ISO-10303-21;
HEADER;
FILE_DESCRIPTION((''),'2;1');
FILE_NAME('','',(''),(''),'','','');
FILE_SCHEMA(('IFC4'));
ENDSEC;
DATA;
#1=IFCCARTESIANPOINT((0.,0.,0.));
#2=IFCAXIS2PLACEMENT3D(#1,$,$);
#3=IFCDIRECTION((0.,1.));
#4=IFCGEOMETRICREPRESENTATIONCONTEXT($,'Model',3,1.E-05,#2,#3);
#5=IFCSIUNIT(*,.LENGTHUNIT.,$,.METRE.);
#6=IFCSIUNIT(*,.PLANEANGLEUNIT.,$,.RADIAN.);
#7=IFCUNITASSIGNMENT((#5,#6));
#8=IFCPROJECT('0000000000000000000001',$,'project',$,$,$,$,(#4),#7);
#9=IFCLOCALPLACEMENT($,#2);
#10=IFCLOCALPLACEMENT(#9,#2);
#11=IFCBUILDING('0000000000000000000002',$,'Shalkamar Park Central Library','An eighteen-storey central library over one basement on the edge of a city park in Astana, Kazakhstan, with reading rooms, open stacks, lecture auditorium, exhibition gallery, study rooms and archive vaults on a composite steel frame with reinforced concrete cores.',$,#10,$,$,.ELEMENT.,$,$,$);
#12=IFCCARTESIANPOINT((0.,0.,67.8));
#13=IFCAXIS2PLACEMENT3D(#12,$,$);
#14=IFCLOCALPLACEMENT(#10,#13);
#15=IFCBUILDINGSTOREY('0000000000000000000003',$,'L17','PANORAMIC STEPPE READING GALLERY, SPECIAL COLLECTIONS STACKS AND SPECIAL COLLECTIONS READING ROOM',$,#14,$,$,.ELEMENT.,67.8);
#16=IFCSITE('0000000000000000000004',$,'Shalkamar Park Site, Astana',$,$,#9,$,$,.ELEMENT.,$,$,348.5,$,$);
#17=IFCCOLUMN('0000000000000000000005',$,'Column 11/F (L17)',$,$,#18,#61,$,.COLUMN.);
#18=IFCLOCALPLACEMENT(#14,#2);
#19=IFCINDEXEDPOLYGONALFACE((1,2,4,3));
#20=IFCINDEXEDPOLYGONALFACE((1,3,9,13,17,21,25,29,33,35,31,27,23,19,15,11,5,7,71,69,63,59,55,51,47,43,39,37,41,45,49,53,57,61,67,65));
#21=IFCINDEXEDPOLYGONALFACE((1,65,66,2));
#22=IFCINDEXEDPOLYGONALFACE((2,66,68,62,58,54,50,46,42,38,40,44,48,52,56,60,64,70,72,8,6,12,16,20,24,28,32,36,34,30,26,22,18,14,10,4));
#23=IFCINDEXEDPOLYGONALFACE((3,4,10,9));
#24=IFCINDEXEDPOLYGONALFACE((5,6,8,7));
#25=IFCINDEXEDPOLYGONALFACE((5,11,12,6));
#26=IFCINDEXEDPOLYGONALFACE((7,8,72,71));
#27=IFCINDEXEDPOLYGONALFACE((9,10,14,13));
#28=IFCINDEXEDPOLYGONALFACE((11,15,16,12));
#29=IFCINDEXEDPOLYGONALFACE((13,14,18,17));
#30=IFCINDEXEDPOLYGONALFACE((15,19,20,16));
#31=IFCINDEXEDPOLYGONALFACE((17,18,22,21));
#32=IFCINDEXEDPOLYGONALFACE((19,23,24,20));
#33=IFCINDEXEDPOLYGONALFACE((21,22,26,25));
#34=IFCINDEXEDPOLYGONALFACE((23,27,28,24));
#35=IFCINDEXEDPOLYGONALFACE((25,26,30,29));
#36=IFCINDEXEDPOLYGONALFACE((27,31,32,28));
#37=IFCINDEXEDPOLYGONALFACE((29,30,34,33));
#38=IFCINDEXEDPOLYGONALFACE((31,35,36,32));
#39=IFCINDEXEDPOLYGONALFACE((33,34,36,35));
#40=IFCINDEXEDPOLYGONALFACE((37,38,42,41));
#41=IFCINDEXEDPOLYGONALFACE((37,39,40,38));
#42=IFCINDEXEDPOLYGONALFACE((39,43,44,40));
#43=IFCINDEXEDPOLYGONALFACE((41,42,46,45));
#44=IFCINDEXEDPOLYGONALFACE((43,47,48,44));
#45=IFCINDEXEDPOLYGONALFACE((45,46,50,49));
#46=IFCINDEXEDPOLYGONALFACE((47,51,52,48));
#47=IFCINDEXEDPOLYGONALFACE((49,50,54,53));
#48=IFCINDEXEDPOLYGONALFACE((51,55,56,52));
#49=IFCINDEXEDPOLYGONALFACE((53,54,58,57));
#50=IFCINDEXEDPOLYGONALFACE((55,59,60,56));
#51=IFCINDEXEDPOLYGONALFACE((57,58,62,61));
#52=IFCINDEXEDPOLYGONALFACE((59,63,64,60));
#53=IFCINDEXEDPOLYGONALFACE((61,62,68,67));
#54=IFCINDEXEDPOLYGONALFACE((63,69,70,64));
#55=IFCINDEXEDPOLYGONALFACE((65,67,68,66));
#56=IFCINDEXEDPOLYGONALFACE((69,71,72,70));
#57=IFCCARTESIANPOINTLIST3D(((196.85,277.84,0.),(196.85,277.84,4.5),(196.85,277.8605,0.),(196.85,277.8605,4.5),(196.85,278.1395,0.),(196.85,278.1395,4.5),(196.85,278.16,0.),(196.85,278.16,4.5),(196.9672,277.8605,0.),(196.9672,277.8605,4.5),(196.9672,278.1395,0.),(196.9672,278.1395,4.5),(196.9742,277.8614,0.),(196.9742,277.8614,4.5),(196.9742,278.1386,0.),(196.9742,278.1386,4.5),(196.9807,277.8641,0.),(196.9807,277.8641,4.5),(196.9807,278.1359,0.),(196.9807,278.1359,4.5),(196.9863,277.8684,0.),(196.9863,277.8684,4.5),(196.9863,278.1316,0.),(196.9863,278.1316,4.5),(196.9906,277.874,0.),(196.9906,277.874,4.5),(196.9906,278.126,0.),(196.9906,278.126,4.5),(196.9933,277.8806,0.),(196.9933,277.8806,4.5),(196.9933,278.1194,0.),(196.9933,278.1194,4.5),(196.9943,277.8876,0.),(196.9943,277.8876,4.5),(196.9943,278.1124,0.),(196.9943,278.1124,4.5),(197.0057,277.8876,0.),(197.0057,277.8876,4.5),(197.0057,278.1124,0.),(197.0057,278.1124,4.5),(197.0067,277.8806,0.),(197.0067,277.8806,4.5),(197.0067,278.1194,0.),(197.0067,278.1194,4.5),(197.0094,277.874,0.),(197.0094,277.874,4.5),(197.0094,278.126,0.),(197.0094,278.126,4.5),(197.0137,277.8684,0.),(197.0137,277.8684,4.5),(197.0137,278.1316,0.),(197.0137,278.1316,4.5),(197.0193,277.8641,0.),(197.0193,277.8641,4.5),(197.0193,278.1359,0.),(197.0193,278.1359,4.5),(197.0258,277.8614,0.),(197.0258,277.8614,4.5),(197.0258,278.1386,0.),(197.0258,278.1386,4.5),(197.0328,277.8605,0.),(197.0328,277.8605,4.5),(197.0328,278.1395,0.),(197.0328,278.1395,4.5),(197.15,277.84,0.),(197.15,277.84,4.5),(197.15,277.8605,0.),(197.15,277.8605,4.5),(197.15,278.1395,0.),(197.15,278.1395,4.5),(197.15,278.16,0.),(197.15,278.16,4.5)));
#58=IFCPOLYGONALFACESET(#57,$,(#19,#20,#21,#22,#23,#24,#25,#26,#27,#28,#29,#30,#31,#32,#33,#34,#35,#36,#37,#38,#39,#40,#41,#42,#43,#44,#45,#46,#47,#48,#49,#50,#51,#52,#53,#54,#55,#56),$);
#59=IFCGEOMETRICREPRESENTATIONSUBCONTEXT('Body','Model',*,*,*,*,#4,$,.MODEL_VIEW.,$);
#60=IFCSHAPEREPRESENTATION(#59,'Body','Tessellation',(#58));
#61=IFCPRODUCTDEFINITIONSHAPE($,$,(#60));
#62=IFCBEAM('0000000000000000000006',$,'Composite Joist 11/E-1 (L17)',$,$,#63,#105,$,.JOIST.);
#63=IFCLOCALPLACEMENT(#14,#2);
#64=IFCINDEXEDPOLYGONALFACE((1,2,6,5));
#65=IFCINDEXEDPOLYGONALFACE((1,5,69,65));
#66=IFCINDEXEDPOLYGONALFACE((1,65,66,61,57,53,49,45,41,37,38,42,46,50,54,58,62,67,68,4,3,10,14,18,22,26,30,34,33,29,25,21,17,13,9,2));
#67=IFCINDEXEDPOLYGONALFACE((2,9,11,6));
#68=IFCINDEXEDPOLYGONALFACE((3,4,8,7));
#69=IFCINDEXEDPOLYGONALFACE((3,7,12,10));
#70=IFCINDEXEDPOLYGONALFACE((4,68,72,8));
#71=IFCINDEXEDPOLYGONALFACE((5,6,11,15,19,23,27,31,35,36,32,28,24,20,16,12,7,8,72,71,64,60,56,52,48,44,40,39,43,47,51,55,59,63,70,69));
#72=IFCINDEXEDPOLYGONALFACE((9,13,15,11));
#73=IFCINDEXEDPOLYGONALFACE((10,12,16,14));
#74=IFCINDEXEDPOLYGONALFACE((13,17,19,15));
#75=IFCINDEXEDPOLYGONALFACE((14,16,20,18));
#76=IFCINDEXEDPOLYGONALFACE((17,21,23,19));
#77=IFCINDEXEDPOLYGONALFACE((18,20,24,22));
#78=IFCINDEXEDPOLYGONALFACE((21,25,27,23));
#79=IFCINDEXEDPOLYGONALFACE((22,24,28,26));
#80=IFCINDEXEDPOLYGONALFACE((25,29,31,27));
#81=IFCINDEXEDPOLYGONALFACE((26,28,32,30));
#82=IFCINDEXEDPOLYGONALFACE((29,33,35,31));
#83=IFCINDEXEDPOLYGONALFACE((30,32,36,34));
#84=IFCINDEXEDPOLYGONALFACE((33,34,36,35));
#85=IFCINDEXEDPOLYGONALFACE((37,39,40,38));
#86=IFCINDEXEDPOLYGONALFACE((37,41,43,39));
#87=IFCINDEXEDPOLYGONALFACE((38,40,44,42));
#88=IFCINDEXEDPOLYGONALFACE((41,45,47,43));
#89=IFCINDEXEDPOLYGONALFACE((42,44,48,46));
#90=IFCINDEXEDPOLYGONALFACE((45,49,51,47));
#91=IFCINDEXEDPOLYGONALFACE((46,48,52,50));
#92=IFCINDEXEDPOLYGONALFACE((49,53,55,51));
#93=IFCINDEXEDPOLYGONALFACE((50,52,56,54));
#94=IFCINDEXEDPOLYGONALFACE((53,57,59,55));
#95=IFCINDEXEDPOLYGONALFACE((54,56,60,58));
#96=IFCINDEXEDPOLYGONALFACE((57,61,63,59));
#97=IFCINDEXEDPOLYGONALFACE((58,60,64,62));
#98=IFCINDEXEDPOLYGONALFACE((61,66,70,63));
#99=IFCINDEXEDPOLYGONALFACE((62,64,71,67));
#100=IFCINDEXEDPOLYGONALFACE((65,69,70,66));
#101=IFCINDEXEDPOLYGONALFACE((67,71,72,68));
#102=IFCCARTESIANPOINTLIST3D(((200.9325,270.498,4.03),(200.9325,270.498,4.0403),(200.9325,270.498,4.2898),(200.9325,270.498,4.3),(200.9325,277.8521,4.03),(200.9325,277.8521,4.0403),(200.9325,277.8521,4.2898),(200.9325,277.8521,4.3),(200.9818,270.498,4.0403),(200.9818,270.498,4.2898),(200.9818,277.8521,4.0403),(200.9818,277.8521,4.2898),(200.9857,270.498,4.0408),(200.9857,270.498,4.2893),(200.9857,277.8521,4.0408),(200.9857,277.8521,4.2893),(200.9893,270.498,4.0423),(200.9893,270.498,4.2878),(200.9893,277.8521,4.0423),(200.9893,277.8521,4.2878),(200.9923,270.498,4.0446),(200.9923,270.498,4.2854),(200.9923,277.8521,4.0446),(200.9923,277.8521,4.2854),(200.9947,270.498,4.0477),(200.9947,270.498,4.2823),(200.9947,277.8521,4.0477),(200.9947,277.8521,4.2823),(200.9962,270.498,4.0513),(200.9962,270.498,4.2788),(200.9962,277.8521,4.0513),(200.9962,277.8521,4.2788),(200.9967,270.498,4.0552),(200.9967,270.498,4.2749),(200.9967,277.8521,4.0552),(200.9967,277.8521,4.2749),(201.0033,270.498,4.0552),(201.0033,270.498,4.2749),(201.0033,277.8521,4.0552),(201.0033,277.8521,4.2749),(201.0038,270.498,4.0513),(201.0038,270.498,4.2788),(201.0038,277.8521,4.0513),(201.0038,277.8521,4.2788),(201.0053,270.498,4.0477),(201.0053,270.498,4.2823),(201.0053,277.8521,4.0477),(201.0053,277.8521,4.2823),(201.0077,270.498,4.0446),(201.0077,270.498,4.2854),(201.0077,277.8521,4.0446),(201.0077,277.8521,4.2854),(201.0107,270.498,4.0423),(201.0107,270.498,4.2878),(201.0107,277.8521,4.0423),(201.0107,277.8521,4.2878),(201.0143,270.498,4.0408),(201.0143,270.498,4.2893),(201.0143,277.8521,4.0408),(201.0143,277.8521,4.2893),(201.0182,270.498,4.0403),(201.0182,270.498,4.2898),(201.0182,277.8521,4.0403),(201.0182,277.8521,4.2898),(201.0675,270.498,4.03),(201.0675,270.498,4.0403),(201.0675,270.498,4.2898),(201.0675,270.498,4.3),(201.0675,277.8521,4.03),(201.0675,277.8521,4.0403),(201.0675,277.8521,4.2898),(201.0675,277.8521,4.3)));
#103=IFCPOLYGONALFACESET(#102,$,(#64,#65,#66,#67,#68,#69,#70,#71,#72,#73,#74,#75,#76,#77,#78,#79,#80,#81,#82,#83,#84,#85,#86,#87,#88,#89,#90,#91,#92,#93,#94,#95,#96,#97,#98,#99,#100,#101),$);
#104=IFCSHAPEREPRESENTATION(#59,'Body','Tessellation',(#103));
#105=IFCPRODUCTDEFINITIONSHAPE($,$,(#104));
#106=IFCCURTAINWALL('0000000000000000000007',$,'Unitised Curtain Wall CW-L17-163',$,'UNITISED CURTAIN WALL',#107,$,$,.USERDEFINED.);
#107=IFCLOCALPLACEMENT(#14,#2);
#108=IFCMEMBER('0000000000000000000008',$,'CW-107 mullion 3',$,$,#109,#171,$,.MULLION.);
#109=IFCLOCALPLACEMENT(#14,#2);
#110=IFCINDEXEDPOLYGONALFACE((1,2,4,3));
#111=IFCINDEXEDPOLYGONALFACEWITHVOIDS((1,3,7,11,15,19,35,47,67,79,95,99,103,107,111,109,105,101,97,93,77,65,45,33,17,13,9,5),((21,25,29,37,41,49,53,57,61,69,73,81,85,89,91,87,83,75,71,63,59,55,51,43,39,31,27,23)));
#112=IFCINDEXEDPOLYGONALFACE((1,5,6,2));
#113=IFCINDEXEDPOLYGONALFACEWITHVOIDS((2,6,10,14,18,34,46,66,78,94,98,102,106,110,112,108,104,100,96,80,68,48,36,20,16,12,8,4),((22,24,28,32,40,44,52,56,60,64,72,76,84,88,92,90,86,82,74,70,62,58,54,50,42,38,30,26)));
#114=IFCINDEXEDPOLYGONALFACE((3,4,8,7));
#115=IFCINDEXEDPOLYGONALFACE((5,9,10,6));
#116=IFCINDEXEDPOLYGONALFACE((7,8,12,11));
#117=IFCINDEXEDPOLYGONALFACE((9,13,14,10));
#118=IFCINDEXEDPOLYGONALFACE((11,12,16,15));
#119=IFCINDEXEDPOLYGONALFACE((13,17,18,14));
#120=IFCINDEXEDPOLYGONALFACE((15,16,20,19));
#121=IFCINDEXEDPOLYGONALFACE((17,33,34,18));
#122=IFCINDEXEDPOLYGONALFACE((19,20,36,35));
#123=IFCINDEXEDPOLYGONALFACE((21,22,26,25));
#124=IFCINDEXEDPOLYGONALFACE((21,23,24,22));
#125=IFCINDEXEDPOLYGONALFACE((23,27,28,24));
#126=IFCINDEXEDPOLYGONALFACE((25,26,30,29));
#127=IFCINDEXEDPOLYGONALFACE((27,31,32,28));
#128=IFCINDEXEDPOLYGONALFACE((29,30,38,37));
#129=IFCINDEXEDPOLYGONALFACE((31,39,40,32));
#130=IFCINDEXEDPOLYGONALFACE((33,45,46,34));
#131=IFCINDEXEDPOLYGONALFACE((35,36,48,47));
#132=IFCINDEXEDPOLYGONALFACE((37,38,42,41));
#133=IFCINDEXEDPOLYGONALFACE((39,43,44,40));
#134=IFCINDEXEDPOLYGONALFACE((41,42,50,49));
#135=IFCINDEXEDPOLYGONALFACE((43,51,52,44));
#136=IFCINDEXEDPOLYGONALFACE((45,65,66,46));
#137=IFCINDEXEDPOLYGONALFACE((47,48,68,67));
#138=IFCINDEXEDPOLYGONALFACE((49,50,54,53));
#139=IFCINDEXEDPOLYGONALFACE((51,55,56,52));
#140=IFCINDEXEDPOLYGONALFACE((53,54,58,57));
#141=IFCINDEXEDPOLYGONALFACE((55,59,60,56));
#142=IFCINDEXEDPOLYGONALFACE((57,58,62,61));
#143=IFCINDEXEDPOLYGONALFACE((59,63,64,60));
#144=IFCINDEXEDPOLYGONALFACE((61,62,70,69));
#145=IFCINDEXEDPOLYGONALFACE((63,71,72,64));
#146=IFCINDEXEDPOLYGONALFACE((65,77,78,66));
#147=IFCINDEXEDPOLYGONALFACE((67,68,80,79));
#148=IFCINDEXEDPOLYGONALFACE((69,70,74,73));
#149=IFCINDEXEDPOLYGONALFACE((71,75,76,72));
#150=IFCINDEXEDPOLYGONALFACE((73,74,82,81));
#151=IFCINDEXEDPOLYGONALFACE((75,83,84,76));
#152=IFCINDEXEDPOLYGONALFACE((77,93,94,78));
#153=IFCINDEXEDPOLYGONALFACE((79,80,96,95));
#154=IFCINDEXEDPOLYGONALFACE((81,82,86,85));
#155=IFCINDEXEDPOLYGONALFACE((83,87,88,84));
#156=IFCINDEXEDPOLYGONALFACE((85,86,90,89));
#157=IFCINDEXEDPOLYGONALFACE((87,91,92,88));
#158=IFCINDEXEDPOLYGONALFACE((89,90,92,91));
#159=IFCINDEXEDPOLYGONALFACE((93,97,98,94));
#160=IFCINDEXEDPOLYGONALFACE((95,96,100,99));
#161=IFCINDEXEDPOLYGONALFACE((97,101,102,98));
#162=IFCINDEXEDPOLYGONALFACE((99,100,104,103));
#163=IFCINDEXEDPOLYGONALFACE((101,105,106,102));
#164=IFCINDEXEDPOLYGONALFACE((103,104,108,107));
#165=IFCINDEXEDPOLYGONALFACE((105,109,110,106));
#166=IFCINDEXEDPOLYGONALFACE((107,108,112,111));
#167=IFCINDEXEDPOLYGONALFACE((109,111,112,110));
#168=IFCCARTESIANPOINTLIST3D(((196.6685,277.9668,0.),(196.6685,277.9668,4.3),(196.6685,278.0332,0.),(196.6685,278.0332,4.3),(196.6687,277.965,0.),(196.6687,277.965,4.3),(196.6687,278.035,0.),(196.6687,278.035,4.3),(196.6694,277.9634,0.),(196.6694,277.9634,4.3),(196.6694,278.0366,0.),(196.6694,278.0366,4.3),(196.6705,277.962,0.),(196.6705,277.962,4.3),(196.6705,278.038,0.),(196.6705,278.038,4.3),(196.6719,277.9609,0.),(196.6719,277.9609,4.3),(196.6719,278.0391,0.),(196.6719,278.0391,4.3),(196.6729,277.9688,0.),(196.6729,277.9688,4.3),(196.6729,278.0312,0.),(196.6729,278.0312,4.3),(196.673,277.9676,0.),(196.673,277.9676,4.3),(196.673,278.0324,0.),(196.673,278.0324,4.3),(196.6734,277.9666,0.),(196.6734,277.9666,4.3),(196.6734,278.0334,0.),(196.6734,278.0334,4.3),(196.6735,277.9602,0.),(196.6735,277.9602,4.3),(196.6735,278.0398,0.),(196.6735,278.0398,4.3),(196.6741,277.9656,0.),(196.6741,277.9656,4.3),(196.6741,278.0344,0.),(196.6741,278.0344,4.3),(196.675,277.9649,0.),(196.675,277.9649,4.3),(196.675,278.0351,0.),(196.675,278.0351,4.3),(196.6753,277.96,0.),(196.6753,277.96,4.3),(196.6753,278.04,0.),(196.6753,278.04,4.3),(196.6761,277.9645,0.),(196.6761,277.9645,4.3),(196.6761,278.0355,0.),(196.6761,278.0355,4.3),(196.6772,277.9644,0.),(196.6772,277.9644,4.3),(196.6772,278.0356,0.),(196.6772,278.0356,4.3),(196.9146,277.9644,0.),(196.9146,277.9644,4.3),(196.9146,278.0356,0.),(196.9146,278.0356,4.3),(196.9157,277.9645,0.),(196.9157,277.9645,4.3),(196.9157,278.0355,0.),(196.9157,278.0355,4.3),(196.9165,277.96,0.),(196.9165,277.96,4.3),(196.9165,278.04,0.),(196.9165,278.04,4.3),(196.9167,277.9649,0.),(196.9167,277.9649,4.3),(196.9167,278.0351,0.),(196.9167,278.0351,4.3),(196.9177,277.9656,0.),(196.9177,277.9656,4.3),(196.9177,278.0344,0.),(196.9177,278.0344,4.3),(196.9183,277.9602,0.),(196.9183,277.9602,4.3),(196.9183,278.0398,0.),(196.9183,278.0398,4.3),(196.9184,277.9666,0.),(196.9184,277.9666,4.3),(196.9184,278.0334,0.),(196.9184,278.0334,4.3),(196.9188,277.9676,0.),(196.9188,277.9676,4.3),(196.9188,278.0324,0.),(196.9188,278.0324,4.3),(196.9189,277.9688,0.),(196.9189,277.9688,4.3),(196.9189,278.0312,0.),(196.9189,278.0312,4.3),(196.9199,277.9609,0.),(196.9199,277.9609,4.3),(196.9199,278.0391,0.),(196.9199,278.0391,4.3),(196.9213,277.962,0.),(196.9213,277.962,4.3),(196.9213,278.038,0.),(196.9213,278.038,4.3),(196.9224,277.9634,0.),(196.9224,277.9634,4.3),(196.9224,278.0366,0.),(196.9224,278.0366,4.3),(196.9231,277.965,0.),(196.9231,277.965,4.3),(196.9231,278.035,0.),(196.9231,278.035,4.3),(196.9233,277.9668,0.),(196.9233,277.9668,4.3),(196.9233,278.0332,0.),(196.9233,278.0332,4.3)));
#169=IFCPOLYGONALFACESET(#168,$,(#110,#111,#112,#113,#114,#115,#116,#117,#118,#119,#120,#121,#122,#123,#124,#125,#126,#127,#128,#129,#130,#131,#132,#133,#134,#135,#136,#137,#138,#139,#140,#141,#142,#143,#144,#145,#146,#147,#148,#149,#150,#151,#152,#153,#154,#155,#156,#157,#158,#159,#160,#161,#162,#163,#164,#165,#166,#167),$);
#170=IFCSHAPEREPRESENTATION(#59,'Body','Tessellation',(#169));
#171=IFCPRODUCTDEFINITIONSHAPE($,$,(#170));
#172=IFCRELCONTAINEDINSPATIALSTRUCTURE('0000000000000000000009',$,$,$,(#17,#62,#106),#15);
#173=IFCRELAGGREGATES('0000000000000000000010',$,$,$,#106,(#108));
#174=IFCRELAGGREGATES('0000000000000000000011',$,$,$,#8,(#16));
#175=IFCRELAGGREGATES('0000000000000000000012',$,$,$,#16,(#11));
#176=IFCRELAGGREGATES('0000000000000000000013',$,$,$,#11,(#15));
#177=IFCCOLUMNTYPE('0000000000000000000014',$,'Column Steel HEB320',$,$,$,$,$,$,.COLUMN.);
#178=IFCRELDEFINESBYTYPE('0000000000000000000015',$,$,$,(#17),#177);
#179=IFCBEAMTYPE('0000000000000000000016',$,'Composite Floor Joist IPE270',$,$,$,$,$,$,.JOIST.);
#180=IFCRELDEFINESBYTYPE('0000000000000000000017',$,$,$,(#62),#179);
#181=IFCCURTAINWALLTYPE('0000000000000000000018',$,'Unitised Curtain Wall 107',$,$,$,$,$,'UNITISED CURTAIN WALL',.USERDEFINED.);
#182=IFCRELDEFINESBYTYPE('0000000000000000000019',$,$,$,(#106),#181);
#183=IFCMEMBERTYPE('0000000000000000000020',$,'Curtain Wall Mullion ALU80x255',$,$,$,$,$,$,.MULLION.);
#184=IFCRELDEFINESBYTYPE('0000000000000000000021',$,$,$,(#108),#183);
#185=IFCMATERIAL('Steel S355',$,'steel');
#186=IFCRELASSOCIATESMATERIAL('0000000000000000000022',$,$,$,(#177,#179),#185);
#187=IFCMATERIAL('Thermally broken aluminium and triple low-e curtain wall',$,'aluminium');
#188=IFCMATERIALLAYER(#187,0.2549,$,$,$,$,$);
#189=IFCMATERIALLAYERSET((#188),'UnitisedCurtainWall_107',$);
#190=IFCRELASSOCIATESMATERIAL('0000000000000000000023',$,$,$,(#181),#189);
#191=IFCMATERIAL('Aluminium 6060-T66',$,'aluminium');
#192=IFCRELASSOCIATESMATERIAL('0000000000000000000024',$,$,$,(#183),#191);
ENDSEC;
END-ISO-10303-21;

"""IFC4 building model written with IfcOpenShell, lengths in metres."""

from ifc_helpers import new_model, si_unit, direction, frame, origin, origin_2d, place, context, subcontext, project, spatial, hollow_rectangle, i_section, extrude, material, layer, layer_set, material_profile, profile_set, type_object, element, aggregate, save


model = new_model("IFC4")

# Units and contexts
model_context = context("Model", 3, precision=1e-05, world=origin(), true_north=direction((0.0, 1.0)))
body_context = subcontext(model_context, "Body", "Model", "MODEL_VIEW")
ifc_project = project(units=[si_unit("LENGTHUNIT", "METRE"), si_unit("PLANEANGLEUNIT", "RADIAN")], contexts=[model_context])

# Site, building, storey
site_placement = place(None, origin())
site = spatial("IfcSite", under=ifc_project, at=site_placement, Name="Shalkamar Park Site, Astana", CompositionType="ELEMENT", RefElevation=348.5)
building_placement = place(site_placement, origin())
building = spatial("IfcBuilding", under=site, at=building_placement, Name="Shalkamar Park Central Library", Description="An eighteen-storey central library over one basement on the edge of a city park in Astana, Kazakhstan, with reading rooms, open stacks, lecture auditorium, exhibition gallery, study rooms and archive vaults on a composite steel frame with reinforced concrete cores.", CompositionType="ELEMENT")
storey_placement = place(building_placement, frame((0.0, 0.0, 67.8)))
storey = spatial("IfcBuildingStorey", under=building, at=storey_placement, Name="L17", Description="PANORAMIC STEPPE READING GALLERY, SPECIAL COLLECTIONS STACKS AND SPECIAL COLLECTIONS READING ROOM", CompositionType="ELEMENT", Elevation=67.8)

# Column
ifc_material_1 = material(Name="Steel S355", Category="steel")
ifc_material_profile_1 = material_profile(ifc_material_1, i_section(OverallWidth=0.3, OverallDepth=0.3201, WebThickness=0.0115, FlangeThickness=0.0205, FilletRadius=0.0271, at=origin_2d()), Name="HEB 320")
ifc_profile_set_1 = profile_set([ifc_material_profile_1], Name="Steel S355")
column_type = type_object("IfcColumnType", Name="Column Steel HEB320", PredefinedType="COLUMN", material=ifc_profile_set_1)
column_placement = place(storey_placement, frame((197.0, 278.0, 0.0), z_axis=(0.0, 0.0, 1.0), x_axis=(1.0, 0.0, 0.0)))
element("IfcColumn", 1, at=column_placement, inside=storey, type_object=column_type, Name="Column 11/F (L17)", PredefinedType="COLUMN", context=body_context, shape_type="SweptSolid", body=[
    extrude(i_section(OverallWidth=0.3, OverallDepth=0.3201, WebThickness=0.0115, FlangeThickness=0.0205, FilletRadius=0.0271, at=origin_2d()), origin(), (0.0, 0.0, 1.0), 4.5),
])

# Beam
ifc_material_profile_2 = material_profile(ifc_material_1, i_section(OverallWidth=0.135, OverallDepth=0.27, WebThickness=0.0066, FlangeThickness=0.0103, FilletRadius=0.0149, at=origin_2d()), Name="IPE 270")
ifc_profile_set_2 = profile_set([ifc_material_profile_2], Name="Steel S355")
beam_type_1 = type_object("IfcBeamType", Name="Composite Floor Joist IPE270", PredefinedType="JOIST", material=ifc_profile_set_2)
beam_1_placement = place(storey_placement, frame((201.0, 270.498, 4.165), z_axis=(0.0, 1.0, 0.0), x_axis=(-1.0, 0.0, 0.0)))
element("IfcBeam", 2, at=beam_1_placement, inside=storey, type_object=beam_type_1, Name="Composite Joist 11/E-1 (L17)", PredefinedType="JOIST", context=body_context, shape_type="SweptSolid", body=[
    extrude(i_section(OverallWidth=0.135, OverallDepth=0.27, WebThickness=0.0066, FlangeThickness=0.0103, FilletRadius=0.0149, at=origin_2d()), origin(), (0.0, 0.0, 1.0), 7.354),
])

# Curtain wall, member
ifc_material_2 = material(Name="Thermally broken aluminium and triple low-e curtain wall", Category="aluminium")
ifc_layer_1 = layer(ifc_material_2, 0.2549)
ifc_layer_set_1 = layer_set([ifc_layer_1], Name="UnitisedCurtainWall_107")
curtain_wall_type_1 = type_object("IfcCurtainWallType", Name="Unitised Curtain Wall 107", ElementType="UNITISED CURTAIN WALL", PredefinedType="USERDEFINED", material=ifc_layer_set_1)
curtain_wall_1_placement = place(storey_placement, origin())
curtain_wall_1 = element("IfcCurtainWall", 3, at=curtain_wall_1_placement, inside=storey, type_object=curtain_wall_type_1, Name="Unitised Curtain Wall CW-L17-163", ObjectType="UNITISED CURTAIN WALL", PredefinedType="USERDEFINED")
ifc_material_3 = material(Name="Aluminium 6060-T66", Category="aluminium")
ifc_material_profile_3 = material_profile(ifc_material_3, hollow_rectangle(XDim=0.0801, YDim=0.2549, WallThickness=0.0044, InnerFilletRadius=0.0044, OuterFilletRadius=0.0068, at=origin_2d()), Name="ALU 80x255x4.5")
ifc_profile_set_3 = profile_set([ifc_material_profile_3], Name="Aluminium 6060-T66")
member_type_1 = type_object("IfcMemberType", Name="Curtain Wall Mullion ALU80x255", PredefinedType="MULLION", material=ifc_profile_set_3)
member_1_placement = place(storey_placement, frame((196.7959, 278.0, 0.0), z_axis=(0.0, 0.0, 1.0), x_axis=(0.0, 1.0, 0.0)))
member_1 = element("IfcMember", 4, at=member_1_placement, type_object=member_type_1, Name="CW-107 mullion 3", PredefinedType="MULLION", context=body_context, shape_type="SweptSolid", body=[
    extrude(hollow_rectangle(XDim=0.0801, YDim=0.2549, WallThickness=0.0044, InnerFilletRadius=0.0044, OuterFilletRadius=0.0068, at=origin_2d()), origin(), (0.0, 0.0, 1.0), 4.3),
])
aggregate(curtain_wall_1, [member_1])

save(model, "model.ifc")
